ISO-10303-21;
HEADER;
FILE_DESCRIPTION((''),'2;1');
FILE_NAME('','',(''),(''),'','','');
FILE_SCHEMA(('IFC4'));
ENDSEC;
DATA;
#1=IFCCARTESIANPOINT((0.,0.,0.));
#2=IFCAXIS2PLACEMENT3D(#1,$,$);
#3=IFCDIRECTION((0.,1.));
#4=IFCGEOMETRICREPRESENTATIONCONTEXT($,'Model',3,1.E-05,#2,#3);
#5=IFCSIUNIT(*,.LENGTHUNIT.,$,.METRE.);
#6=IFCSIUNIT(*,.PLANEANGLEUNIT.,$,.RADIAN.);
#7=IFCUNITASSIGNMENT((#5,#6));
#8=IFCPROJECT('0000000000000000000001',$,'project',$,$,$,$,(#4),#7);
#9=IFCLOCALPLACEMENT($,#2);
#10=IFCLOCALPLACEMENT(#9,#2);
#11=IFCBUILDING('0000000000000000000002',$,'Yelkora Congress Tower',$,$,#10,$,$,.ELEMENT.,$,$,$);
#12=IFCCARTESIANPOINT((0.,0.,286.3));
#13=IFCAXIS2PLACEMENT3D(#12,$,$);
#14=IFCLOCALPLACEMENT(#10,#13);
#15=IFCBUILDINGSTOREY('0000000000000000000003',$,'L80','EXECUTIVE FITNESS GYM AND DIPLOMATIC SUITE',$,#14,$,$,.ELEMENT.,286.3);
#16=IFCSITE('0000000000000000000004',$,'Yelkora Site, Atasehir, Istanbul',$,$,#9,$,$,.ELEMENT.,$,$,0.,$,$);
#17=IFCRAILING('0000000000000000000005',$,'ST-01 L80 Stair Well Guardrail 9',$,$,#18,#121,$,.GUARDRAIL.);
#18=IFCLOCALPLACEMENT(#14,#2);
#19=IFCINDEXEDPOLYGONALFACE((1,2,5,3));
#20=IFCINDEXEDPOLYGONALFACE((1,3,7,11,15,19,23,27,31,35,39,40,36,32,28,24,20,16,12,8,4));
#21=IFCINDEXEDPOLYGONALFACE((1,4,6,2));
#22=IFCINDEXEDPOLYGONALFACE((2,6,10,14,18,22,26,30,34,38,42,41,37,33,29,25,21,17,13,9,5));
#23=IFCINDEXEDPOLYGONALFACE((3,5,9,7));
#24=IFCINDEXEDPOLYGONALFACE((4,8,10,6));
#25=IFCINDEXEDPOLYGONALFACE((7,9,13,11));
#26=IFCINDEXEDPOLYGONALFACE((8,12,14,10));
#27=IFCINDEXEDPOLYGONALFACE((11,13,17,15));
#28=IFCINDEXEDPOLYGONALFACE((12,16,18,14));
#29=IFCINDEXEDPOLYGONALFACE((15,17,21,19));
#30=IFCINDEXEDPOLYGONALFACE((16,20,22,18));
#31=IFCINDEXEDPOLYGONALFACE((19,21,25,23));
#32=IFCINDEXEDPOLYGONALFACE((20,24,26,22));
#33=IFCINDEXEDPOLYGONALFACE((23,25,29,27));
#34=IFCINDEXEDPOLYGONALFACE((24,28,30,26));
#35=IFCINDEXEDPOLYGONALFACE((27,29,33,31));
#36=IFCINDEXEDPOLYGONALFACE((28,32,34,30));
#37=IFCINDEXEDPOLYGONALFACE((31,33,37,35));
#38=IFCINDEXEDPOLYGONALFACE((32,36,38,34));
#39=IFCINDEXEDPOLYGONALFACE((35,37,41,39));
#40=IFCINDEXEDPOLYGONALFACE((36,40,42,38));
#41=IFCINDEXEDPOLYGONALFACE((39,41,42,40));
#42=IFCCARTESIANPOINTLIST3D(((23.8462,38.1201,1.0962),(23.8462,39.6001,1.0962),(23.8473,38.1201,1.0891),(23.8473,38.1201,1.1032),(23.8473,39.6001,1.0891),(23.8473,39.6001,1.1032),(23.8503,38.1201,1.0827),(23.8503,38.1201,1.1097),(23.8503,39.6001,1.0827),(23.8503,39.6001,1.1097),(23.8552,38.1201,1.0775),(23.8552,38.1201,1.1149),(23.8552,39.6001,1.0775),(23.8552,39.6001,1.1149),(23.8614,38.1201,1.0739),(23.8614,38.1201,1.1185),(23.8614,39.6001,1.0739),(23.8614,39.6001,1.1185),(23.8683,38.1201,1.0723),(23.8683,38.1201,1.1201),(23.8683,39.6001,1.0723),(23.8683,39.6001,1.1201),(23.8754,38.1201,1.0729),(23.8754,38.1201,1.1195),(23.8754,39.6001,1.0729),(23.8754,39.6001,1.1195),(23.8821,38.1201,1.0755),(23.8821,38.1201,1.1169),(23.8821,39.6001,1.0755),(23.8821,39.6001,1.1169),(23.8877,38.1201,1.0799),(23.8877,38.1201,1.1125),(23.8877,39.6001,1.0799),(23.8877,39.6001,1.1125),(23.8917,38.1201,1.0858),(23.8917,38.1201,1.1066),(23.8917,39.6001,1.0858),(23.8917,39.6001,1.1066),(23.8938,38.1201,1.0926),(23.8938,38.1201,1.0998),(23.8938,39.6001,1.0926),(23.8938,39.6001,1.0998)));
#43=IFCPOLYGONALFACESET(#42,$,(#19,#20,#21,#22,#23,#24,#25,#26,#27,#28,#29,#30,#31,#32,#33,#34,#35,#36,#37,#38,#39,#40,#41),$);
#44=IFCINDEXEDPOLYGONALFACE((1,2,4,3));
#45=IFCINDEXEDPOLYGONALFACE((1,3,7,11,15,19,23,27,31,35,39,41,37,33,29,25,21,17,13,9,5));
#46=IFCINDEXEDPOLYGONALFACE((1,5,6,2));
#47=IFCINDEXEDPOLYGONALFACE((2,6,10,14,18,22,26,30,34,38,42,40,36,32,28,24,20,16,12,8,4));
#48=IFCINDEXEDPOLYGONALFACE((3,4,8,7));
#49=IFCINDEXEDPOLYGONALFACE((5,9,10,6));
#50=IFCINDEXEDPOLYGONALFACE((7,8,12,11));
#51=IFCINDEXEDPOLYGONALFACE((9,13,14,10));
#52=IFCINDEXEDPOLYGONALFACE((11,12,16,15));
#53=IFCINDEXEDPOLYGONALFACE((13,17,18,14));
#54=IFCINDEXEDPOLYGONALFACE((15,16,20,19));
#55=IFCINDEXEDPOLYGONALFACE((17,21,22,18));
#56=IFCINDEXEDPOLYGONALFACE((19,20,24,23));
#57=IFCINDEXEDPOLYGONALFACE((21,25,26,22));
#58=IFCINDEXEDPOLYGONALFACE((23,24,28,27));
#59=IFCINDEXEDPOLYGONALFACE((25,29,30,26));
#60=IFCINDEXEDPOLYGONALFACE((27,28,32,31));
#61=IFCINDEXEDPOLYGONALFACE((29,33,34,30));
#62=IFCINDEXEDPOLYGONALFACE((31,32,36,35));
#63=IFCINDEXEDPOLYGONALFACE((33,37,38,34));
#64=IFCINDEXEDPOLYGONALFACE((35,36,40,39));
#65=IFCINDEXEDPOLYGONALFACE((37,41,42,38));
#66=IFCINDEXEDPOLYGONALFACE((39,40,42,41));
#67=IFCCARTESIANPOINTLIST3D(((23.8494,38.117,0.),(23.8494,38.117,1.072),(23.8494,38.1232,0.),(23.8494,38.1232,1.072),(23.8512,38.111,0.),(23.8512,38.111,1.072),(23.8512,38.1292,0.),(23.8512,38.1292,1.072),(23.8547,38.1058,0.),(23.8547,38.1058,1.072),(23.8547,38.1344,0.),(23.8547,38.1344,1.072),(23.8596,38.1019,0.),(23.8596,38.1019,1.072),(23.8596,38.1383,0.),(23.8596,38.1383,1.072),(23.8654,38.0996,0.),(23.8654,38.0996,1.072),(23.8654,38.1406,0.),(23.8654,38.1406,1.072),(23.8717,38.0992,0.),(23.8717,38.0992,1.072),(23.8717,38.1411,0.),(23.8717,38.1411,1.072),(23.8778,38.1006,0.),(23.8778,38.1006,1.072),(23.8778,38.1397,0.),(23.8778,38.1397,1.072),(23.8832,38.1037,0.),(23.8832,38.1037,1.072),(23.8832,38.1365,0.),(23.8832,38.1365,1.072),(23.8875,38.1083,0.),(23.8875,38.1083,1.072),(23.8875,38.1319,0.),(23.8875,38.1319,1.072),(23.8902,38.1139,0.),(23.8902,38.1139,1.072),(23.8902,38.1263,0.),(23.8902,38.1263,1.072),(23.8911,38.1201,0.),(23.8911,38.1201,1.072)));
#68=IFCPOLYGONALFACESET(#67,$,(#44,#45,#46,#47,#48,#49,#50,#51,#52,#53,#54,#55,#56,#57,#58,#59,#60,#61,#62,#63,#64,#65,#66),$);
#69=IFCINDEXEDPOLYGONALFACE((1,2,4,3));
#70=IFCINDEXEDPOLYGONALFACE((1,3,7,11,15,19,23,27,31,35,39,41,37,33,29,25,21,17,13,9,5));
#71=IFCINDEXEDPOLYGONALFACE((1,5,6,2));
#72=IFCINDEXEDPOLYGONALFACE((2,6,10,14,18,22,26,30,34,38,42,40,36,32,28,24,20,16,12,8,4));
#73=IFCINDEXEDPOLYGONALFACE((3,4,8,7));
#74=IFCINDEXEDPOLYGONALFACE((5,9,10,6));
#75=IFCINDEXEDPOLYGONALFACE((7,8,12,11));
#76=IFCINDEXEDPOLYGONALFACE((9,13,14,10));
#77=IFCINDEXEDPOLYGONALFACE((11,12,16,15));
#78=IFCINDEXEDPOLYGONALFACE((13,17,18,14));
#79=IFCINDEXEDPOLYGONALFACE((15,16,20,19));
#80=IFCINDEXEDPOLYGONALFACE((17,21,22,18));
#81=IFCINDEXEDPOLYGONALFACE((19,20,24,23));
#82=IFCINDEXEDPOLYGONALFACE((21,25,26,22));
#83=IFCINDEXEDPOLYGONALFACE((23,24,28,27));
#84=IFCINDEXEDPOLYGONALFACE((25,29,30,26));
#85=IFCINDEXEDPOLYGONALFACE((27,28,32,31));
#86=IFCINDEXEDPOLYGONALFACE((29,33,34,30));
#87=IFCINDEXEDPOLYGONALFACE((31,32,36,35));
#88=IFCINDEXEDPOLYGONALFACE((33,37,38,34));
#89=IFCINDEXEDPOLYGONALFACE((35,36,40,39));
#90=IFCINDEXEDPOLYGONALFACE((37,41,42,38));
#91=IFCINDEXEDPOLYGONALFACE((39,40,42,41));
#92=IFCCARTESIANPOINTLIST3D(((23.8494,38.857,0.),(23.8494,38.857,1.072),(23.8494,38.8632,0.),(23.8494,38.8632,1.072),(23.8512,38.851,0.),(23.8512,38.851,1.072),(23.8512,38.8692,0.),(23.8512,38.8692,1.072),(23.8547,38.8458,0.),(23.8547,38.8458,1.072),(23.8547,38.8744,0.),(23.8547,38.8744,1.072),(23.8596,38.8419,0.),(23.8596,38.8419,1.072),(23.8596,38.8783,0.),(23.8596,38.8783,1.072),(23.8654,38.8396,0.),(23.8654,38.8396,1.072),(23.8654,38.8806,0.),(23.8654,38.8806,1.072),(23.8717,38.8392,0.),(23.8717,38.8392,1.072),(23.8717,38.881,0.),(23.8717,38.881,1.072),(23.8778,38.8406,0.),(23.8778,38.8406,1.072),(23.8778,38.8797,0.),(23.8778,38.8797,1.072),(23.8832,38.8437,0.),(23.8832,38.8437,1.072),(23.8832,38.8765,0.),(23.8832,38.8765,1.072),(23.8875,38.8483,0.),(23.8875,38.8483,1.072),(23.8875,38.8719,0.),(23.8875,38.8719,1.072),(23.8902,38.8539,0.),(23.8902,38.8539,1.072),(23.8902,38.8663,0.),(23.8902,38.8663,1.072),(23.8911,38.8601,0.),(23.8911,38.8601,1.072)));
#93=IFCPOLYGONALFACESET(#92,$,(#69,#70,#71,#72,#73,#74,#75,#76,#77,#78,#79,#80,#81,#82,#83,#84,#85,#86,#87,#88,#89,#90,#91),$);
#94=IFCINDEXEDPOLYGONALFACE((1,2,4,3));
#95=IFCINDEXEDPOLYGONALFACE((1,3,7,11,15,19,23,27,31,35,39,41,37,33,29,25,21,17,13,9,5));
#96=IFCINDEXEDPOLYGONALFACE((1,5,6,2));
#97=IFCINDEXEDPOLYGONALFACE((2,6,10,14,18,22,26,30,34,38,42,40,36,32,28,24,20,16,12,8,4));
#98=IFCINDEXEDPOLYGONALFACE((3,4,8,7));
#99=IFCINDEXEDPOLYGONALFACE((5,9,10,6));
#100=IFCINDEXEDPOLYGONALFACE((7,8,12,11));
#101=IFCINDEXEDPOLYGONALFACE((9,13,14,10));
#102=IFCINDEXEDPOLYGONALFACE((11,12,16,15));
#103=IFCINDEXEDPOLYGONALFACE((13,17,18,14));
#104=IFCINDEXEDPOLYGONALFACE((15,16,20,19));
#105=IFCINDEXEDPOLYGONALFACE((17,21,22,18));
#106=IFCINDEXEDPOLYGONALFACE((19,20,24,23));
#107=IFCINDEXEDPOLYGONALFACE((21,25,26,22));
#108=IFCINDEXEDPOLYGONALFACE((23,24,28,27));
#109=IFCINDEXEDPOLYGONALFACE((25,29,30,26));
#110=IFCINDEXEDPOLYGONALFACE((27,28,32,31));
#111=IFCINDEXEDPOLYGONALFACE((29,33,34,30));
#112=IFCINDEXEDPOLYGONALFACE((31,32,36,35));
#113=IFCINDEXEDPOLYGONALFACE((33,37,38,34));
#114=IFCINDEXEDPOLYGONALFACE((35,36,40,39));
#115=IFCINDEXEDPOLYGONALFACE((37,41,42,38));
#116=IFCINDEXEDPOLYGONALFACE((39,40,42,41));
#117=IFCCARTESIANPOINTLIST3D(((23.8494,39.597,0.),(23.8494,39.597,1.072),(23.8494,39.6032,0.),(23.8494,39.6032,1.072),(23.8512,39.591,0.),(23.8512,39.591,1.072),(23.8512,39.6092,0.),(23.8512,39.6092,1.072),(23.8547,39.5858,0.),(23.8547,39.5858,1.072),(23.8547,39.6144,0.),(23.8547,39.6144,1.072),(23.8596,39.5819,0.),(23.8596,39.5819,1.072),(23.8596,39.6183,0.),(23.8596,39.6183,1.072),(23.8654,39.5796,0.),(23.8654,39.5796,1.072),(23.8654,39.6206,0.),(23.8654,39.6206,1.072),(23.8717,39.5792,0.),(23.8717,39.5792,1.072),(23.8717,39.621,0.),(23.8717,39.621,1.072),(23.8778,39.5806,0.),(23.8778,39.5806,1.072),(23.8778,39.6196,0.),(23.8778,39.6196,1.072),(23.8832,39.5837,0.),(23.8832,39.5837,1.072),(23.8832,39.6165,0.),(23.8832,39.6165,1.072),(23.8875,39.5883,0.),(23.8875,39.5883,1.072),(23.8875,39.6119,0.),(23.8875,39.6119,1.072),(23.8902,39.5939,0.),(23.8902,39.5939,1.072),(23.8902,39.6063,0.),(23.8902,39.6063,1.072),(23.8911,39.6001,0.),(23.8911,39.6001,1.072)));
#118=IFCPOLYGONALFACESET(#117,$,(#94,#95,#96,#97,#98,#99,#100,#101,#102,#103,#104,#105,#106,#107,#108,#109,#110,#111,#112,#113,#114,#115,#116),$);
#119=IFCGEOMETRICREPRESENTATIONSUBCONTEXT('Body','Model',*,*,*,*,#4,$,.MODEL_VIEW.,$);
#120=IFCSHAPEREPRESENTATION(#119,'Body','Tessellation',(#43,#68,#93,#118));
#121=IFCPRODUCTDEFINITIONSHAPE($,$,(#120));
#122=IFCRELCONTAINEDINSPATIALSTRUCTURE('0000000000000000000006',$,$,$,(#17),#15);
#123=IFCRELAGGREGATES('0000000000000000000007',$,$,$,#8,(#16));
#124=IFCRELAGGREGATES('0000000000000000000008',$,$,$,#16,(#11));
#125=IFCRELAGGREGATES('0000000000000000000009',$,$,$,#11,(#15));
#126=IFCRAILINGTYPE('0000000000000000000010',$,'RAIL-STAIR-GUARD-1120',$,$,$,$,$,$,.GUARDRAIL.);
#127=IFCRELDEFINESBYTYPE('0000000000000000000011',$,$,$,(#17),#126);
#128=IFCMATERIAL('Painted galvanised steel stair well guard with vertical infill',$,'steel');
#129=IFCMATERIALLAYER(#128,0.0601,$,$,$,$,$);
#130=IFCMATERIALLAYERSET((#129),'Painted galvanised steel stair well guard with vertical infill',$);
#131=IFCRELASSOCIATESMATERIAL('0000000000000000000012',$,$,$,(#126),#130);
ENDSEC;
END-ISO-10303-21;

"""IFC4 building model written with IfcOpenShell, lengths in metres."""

from ifc_helpers import new_model, si_unit, direction, frame, origin, origin_2d, place, context, subcontext, project, spatial, circle, extrude, material, layer, layer_set, type_object, element, save


model = new_model("IFC4")

# Units and contexts
model_context = context("Model", 3, precision=1e-05, world=origin(), true_north=direction((0.0, 1.0)))
body_context = subcontext(model_context, "Body", "Model", "MODEL_VIEW")
ifc_project = project(units=[si_unit("LENGTHUNIT", "METRE"), si_unit("PLANEANGLEUNIT", "RADIAN")], contexts=[model_context])

# Site, building, storey
site_placement = place(None, origin())
site = spatial("IfcSite", under=ifc_project, at=site_placement, Name="Yelkora Site, Atasehir, Istanbul", CompositionType="ELEMENT", RefElevation=0.0)
building_placement = place(site_placement, origin())
building = spatial("IfcBuilding", under=site, at=building_placement, Name="Yelkora Congress Tower", CompositionType="ELEMENT")
storey_placement = place(building_placement, frame((0.0, 0.0, 286.3)))
storey = spatial("IfcBuildingStorey", under=building, at=storey_placement, Name="L80", Description="EXECUTIVE FITNESS GYM AND DIPLOMATIC SUITE", CompositionType="ELEMENT", Elevation=286.3)

# Railing
ifc_material_1 = material(Name="Painted galvanised steel stair well guard with vertical infill", Category="steel")
ifc_layer_1 = layer(ifc_material_1, 0.0601)
ifc_layer_set_1 = layer_set([ifc_layer_1], Name="Painted galvanised steel stair well guard with vertical infill")
railing_type_1 = type_object("IfcRailingType", Name="RAIL-STAIR-GUARD-1120", PredefinedType="GUARDRAIL", material=ifc_layer_set_1)
for number, where, name in (
    (1, (23.8701, 38.1201, 0.0), "ST-01 L80 Stair Well Guardrail 9"),
):
    element("IfcRailing", number, at=place(storey_placement, frame(where)), inside=storey, type_object=railing_type_1, Name=name, PredefinedType="GUARDRAIL", context=body_context, shape_type="SweptSolid", body=[
        extrude(circle(Radius=0.0239, at=origin_2d()), frame((0.0, 0.0, 1.0962), z_axis=(0.0, 1.0, 0.0), x_axis=(-1.0, 0.0, 0.0)), (0.0, 0.0, 1.0), 1.48),
        extrude(circle(Radius=0.021, at=origin_2d()), origin(), (0.0, 0.0, 1.0), 1.072),
        extrude(circle(Radius=0.021, at=origin_2d()), frame((0.0, 0.74, 0.0)), (0.0, 0.0, 1.0), 1.072),
        extrude(circle(Radius=0.021, at=origin_2d()), frame((0.0, 1.48, 0.0)), (0.0, 0.0, 1.0), 1.072),
    ])

save(model, "model.ifc")
